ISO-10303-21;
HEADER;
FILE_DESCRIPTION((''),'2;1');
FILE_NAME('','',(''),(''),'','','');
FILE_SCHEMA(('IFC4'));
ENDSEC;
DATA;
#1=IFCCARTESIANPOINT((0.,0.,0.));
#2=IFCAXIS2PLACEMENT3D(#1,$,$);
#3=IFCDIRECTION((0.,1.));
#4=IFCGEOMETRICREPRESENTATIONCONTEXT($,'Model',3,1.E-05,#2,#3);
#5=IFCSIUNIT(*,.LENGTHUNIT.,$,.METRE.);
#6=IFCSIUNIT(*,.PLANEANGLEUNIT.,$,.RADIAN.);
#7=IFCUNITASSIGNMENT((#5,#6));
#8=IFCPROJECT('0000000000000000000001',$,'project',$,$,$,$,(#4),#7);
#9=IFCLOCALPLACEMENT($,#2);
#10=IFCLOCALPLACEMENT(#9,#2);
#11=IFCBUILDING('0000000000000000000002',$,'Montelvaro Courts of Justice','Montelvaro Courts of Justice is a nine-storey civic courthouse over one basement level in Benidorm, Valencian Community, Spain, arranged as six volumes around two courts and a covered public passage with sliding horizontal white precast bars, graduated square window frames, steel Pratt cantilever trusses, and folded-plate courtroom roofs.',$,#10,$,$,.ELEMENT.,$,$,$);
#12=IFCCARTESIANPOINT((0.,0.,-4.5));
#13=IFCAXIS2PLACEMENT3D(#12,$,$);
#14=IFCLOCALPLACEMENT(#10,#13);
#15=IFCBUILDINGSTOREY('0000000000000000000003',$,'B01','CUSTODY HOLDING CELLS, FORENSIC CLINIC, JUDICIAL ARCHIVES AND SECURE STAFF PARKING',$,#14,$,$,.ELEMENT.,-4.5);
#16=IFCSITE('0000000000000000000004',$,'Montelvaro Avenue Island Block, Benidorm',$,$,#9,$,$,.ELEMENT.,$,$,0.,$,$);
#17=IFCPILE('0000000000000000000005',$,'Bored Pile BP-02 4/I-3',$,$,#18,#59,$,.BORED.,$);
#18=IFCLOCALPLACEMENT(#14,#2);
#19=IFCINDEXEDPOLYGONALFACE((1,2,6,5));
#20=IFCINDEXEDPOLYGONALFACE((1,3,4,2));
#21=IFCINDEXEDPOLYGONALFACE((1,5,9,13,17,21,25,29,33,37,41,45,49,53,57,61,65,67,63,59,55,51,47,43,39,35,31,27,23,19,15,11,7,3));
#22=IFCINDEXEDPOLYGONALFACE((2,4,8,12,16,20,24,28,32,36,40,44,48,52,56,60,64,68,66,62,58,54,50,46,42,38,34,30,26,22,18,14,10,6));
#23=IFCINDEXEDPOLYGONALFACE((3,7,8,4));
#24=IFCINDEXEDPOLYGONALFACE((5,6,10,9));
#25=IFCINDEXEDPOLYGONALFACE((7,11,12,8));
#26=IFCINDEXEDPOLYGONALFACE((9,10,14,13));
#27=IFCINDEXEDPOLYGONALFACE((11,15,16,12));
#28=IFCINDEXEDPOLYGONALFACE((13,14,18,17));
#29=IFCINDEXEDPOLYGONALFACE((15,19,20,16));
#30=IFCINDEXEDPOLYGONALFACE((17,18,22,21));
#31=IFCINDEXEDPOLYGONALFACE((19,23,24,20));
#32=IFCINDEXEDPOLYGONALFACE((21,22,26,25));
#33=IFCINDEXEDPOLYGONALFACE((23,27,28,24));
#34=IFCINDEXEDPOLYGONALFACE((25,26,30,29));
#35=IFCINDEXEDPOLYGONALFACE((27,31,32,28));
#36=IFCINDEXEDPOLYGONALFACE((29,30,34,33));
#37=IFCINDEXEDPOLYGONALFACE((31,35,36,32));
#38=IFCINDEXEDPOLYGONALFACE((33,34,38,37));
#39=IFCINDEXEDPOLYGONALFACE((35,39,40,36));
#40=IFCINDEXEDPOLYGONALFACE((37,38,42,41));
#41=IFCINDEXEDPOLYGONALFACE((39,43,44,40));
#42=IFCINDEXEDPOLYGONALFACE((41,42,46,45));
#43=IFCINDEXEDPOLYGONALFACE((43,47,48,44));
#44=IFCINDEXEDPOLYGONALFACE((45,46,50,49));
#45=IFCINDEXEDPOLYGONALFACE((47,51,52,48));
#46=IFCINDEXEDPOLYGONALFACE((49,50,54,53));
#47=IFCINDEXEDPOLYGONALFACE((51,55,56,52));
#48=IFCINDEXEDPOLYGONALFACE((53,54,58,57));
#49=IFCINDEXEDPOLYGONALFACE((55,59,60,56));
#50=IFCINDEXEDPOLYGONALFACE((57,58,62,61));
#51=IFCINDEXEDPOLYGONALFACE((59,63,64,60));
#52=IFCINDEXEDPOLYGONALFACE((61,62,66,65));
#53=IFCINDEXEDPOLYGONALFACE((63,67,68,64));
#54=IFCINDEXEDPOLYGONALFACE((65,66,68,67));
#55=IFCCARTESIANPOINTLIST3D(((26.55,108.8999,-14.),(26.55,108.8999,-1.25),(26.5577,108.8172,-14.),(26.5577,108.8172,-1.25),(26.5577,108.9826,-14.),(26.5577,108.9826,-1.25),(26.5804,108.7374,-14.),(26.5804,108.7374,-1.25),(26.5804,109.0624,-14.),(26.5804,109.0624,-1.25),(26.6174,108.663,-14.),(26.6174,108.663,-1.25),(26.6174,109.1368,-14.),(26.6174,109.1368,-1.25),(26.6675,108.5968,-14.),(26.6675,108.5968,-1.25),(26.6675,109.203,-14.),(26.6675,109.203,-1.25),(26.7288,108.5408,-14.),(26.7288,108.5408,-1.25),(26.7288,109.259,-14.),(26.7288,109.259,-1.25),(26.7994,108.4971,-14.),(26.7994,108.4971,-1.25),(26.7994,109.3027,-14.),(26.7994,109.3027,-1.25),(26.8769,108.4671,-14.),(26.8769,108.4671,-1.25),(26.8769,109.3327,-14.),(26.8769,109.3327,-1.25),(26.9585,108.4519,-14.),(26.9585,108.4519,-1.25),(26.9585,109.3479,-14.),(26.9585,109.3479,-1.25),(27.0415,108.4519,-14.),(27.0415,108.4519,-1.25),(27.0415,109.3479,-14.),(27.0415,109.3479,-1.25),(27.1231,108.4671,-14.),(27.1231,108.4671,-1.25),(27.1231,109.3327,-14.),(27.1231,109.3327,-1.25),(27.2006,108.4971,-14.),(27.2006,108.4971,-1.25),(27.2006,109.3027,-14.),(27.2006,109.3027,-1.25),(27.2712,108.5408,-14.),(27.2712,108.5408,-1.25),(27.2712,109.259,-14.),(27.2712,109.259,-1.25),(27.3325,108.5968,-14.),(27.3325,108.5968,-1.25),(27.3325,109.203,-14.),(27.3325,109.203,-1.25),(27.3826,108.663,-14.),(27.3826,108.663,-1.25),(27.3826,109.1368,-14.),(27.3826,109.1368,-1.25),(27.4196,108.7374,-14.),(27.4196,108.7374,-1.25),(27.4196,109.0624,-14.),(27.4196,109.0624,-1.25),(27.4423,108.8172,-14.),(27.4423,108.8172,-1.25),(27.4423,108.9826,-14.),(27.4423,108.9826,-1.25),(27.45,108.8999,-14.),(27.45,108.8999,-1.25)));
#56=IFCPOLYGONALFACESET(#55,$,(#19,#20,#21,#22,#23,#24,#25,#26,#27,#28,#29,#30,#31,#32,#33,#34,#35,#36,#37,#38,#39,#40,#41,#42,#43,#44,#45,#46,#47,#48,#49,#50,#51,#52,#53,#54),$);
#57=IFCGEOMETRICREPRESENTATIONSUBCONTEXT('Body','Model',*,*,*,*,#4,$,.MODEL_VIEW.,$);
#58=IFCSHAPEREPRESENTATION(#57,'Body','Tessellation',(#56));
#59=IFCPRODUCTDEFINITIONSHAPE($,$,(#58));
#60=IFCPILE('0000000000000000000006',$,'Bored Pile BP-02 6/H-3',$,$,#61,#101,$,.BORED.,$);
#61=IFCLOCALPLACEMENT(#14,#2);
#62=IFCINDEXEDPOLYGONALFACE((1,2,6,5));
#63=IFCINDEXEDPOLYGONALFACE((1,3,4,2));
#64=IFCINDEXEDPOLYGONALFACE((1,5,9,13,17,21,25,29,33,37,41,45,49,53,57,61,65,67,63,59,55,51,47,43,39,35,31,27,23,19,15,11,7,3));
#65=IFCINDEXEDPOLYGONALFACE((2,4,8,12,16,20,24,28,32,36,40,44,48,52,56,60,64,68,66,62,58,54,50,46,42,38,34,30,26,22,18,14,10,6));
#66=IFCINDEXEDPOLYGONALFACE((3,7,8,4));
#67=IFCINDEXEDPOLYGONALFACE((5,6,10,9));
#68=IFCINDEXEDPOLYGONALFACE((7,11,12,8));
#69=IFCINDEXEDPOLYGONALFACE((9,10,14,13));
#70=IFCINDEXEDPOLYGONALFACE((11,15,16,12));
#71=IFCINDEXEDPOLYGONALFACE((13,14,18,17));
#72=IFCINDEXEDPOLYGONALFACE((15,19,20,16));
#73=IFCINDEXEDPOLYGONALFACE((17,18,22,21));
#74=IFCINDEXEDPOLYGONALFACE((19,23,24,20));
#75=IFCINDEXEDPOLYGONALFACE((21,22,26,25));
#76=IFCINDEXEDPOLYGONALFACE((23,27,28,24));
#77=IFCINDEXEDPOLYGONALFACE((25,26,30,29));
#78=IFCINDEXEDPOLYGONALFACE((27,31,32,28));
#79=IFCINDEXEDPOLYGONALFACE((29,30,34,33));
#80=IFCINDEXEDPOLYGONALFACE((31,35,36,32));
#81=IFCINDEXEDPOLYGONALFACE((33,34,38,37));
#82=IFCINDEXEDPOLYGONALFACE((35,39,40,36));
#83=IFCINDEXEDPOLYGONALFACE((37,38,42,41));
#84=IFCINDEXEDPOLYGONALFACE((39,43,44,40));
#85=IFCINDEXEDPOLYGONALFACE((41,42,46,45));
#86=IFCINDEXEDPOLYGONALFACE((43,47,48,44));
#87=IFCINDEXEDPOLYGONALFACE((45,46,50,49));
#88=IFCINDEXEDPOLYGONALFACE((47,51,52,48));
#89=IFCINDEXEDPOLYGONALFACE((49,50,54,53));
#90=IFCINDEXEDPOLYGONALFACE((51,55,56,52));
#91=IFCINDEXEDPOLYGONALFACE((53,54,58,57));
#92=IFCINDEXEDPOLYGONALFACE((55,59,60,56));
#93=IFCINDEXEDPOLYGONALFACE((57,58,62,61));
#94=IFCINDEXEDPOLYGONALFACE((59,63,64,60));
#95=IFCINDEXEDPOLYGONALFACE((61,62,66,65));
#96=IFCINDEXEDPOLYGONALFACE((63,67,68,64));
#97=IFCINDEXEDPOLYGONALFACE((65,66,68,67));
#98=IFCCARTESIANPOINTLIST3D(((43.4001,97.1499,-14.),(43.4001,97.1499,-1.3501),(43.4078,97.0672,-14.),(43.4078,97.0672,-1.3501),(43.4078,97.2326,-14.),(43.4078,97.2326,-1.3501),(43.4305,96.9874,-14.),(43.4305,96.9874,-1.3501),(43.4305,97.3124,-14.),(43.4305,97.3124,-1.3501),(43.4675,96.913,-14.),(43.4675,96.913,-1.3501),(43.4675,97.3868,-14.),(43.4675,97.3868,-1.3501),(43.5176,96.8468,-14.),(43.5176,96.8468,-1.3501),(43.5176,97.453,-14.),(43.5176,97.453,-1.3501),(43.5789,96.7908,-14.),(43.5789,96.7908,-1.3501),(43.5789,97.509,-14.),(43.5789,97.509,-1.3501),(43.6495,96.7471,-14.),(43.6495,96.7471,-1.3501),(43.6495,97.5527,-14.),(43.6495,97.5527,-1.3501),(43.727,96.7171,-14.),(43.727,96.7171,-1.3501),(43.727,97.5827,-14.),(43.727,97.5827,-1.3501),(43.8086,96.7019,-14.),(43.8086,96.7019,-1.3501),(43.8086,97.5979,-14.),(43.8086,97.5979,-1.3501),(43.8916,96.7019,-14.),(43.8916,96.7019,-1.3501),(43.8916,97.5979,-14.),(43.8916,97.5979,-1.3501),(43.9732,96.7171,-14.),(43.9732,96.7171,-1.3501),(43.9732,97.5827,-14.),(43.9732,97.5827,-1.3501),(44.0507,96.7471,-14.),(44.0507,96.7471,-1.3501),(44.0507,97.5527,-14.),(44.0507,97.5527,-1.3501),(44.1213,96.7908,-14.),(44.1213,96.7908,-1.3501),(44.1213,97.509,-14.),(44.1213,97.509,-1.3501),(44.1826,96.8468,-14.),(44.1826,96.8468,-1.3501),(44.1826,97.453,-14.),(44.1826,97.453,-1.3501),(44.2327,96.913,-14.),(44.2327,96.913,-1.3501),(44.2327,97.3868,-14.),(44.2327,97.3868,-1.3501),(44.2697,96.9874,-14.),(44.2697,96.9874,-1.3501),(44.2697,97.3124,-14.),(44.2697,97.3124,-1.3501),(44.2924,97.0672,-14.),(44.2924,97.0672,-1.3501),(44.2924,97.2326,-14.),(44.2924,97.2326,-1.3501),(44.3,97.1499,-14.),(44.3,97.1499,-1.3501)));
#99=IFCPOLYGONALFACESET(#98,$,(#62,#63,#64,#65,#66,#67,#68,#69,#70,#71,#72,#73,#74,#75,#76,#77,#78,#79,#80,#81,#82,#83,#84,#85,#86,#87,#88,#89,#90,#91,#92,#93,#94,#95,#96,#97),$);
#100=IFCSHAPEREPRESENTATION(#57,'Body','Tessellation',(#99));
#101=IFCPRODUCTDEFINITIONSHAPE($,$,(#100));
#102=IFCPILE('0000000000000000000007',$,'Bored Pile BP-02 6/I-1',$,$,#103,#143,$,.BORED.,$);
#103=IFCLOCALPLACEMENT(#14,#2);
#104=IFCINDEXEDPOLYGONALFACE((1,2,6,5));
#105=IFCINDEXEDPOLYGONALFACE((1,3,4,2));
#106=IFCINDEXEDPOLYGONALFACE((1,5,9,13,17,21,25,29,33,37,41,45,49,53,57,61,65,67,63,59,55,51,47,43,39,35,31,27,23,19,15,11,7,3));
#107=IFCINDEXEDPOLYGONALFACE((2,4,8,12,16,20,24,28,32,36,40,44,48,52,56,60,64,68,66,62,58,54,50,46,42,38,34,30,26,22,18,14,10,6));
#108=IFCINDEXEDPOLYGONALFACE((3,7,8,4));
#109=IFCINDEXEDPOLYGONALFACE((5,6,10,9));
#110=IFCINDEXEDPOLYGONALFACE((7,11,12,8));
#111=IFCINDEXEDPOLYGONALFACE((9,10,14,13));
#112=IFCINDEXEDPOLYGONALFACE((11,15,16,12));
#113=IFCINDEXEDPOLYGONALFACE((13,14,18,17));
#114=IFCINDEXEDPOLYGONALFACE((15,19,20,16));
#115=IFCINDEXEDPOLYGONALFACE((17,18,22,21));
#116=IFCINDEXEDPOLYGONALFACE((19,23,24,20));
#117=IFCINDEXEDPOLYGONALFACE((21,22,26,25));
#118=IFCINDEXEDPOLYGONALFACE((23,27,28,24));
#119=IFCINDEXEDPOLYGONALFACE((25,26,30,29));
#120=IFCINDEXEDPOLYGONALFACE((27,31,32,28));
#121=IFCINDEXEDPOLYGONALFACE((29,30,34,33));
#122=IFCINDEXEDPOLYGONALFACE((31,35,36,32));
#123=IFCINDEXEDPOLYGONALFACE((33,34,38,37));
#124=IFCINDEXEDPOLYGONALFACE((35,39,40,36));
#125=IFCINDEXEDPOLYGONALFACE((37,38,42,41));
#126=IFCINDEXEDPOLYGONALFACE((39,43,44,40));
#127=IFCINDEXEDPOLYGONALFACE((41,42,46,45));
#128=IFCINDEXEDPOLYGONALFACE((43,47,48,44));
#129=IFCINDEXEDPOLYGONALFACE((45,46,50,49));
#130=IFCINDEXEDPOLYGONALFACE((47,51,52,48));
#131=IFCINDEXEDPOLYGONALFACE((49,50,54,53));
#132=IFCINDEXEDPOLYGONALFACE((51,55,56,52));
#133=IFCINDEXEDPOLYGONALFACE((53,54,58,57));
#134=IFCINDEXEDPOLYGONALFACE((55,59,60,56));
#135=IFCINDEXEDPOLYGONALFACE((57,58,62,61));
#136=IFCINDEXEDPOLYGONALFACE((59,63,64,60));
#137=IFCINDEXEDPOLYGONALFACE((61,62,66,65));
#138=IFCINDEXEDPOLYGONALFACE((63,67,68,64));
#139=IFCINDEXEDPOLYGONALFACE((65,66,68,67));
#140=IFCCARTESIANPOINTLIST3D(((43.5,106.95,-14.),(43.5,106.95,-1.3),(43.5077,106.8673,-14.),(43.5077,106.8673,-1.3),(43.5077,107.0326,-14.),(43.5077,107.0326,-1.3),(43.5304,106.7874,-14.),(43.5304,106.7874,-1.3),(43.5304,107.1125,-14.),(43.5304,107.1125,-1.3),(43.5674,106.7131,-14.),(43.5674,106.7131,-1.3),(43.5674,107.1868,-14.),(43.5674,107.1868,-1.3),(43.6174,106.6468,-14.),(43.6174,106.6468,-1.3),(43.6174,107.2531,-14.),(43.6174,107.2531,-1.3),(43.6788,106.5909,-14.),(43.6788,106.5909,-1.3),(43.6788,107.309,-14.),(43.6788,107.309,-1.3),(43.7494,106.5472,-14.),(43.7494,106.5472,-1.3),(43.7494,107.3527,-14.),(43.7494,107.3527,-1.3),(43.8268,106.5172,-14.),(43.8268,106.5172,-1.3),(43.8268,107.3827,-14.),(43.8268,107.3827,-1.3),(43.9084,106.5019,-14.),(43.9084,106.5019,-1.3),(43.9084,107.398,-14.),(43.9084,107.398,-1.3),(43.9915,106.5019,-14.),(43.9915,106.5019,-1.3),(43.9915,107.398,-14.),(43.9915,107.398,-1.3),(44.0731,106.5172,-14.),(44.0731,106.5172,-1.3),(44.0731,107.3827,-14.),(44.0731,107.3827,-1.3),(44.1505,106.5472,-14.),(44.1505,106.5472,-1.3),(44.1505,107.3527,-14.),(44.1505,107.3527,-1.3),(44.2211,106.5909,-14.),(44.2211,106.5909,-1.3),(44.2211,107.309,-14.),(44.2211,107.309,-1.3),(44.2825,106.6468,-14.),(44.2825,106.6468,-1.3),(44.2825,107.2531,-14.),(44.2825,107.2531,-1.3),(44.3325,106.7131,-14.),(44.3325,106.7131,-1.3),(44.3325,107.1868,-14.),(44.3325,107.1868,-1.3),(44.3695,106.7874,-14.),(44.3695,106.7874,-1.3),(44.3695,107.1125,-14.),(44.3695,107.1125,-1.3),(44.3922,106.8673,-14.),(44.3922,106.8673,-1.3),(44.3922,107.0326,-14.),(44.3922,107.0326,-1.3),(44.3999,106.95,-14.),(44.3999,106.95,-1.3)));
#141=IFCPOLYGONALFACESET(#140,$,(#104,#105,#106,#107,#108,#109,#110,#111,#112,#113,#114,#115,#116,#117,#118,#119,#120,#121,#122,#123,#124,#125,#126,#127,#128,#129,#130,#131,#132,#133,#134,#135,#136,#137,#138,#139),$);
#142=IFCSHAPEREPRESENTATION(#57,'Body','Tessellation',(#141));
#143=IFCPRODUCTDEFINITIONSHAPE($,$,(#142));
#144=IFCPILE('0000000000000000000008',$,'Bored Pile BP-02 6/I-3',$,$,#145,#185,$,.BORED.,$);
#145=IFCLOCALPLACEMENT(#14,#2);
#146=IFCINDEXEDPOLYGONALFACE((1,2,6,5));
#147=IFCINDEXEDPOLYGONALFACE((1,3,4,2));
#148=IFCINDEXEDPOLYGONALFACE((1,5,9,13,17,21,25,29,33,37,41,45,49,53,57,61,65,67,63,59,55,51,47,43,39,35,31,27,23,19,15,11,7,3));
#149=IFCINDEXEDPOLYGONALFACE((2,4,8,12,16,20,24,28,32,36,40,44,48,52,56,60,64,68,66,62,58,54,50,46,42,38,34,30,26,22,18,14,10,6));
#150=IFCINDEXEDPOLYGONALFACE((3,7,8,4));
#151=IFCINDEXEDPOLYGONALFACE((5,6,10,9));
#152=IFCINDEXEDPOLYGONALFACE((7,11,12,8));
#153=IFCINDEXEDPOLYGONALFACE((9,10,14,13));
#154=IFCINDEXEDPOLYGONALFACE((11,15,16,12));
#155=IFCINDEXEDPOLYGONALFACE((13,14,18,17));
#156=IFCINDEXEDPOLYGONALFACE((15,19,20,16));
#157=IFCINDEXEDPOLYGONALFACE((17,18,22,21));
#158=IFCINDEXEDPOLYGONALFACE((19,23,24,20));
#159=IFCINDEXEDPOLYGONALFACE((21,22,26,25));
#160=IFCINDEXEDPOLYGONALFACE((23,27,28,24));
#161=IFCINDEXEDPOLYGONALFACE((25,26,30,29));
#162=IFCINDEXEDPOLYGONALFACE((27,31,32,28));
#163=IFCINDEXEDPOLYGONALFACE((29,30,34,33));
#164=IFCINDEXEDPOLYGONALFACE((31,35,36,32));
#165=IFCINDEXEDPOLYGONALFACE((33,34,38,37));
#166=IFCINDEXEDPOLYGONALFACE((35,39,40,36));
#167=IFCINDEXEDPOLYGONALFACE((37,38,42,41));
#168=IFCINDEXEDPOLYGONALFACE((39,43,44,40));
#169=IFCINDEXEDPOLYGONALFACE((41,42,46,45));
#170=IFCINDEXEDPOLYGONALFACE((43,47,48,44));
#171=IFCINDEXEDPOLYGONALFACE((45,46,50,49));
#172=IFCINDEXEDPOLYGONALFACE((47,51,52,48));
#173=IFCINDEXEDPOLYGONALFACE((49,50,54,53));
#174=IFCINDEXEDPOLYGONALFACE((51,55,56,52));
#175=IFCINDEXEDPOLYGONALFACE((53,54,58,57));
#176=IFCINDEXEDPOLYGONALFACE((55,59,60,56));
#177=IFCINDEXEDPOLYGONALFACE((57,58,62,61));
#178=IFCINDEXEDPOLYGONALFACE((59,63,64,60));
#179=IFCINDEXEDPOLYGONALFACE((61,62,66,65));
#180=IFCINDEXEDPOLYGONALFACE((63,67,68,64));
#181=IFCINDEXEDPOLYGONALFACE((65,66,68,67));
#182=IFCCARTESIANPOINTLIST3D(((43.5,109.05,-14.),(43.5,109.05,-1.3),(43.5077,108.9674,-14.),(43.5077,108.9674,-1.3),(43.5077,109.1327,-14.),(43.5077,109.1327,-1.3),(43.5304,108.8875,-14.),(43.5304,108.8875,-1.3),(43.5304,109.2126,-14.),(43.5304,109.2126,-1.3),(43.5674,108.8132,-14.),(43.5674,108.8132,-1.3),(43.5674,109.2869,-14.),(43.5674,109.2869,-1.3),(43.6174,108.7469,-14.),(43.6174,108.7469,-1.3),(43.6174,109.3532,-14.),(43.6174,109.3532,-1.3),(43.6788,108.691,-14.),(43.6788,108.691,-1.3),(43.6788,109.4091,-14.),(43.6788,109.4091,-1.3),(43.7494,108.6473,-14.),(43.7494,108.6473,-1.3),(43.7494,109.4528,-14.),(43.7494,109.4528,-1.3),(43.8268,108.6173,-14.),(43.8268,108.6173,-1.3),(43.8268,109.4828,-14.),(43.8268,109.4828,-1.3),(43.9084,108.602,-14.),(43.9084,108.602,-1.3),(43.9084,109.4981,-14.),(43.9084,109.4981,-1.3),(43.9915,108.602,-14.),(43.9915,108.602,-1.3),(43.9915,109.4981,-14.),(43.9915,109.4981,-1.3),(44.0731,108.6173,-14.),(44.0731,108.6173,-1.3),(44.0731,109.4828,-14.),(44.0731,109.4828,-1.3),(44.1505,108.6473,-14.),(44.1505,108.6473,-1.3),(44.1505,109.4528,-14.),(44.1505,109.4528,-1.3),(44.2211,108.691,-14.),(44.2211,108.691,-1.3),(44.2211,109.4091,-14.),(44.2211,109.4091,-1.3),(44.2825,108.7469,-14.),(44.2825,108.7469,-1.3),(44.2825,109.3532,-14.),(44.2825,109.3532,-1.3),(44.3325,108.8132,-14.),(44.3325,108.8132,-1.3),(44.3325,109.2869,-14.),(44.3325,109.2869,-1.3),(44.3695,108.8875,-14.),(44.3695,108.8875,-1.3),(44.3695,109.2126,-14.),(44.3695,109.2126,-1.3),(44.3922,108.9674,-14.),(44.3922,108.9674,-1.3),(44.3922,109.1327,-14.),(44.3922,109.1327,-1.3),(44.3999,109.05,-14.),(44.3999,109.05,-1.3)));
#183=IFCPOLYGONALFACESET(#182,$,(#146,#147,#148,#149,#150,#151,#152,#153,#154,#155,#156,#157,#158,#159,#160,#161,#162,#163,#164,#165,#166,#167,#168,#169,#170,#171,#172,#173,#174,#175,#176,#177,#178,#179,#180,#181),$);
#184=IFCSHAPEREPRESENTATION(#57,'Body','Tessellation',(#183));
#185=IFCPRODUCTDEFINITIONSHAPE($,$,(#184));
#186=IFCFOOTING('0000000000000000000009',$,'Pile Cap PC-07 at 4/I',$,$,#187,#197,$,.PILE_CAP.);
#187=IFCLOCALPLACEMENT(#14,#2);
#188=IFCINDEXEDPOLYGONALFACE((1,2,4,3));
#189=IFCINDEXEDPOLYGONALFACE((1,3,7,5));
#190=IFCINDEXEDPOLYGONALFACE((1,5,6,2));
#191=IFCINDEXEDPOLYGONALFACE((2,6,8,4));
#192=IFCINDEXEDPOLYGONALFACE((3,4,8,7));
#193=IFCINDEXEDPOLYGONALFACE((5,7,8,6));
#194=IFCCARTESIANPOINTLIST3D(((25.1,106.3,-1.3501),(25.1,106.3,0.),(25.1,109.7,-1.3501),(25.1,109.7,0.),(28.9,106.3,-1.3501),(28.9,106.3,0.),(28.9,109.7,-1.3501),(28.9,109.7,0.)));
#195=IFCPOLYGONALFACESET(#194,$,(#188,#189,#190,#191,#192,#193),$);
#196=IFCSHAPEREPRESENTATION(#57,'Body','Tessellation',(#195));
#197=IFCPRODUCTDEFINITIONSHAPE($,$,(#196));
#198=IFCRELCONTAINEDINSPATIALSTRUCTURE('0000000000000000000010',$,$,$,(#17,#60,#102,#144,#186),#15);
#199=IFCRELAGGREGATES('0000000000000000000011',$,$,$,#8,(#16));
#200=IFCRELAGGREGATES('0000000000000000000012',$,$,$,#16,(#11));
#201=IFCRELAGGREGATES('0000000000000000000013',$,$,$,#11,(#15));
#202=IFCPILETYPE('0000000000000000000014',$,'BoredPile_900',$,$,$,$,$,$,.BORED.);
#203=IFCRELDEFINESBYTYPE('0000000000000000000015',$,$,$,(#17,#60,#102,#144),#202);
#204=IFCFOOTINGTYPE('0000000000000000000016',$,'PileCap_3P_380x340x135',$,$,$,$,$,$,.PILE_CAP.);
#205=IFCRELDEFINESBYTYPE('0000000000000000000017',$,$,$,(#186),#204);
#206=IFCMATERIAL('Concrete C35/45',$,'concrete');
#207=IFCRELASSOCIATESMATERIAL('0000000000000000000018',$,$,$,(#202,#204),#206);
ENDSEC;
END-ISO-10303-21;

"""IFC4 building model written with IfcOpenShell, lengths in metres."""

from ifc_helpers import new_model, si_unit, direction, frame, origin, origin_2d, place, context, subcontext, project, spatial, rectangle, circle, extrude, material, material_profile, profile_set, type_object, element, save


model = new_model("IFC4")

# Units and contexts
model_context = context("Model", 3, precision=1e-05, world=origin(), true_north=direction((0.0, 1.0)))
body_context = subcontext(model_context, "Body", "Model", "MODEL_VIEW")
ifc_project = project(units=[si_unit("LENGTHUNIT", "METRE"), si_unit("PLANEANGLEUNIT", "RADIAN")], contexts=[model_context])

# Site, building, storey
site_placement = place(None, origin())
site = spatial("IfcSite", under=ifc_project, at=site_placement, Name="Montelvaro Avenue Island Block, Benidorm", CompositionType="ELEMENT", RefElevation=0.0)
building_placement = place(site_placement, origin())
building = spatial("IfcBuilding", under=site, at=building_placement, Name="Montelvaro Courts of Justice", Description="Montelvaro Courts of Justice is a nine-storey civic courthouse over one basement level in Benidorm, Valencian Community, Spain, arranged as six volumes around two courts and a covered public passage with sliding horizontal white precast bars, graduated square window frames, steel Pratt cantilever trusses, and folded-plate courtroom roofs.", CompositionType="ELEMENT")
storey_placement = place(building_placement, frame((0.0, 0.0, -4.5)))
storey = spatial("IfcBuildingStorey", under=building, at=storey_placement, Name="B01", Description="CUSTODY HOLDING CELLS, FORENSIC CLINIC, JUDICIAL ARCHIVES AND SECURE STAFF PARKING", CompositionType="ELEMENT", Elevation=-4.5)

# Piles
ifc_material_1 = material(Name="Concrete C35/45", Category="concrete")
ifc_material_profile_1 = material_profile(ifc_material_1, circle(Radius=0.45, at=origin_2d()), Name="BORED PILE D900")
ifc_profile_set_1 = profile_set([ifc_material_profile_1], Name="Concrete C35/45")
pile_type_1 = type_object("IfcPileType", Name="BoredPile_900", PredefinedType="BORED", material=ifc_profile_set_1)
for number, where, z_axis, x_axis, name in (
    (1, (27.0, 108.8999, -1.25), (0.0, 0.0, -1.0), (1.0, 0.0, 0.0), "Bored Pile BP-02 4/I-3"),
):
    element("IfcPile", number, at=place(storey_placement, frame(where, z_axis=z_axis, x_axis=x_axis)), inside=storey, type_object=pile_type_1, Name=name, PredefinedType="BORED", context=body_context, shape_type="SweptSolid", body=[
        extrude(circle(Radius=0.45, at=origin_2d()), origin(), (0.0, 0.0, 1.0), 12.75),
    ])
pile_placement = place(storey_placement, frame((43.8501, 97.1499, -1.3501), z_axis=(0.0, 0.0, -1.0), x_axis=(1.0, 0.0, 0.0)))
element("IfcPile", 2, at=pile_placement, inside=storey, type_object=pile_type_1, Name="Bored Pile BP-02 6/H-3", PredefinedType="BORED", context=body_context, shape_type="SweptSolid", body=[
    extrude(circle(Radius=0.45, at=origin_2d()), origin(), (0.0, 0.0, 1.0), 12.6499),
])
for number, where, z_axis, x_axis, name in (
    (3, (43.95, 106.95, -1.3), (0.0, 0.0, -1.0), (1.0, 0.0, 0.0), "Bored Pile BP-02 6/I-1"),
    (4, (43.95, 109.05, -1.3), (0.0, 0.0, -1.0), (1.0, 0.0, 0.0), "Bored Pile BP-02 6/I-3"),
):
    element("IfcPile", number, at=place(storey_placement, frame(where, z_axis=z_axis, x_axis=x_axis)), inside=storey, type_object=pile_type_1, Name=name, PredefinedType="BORED", context=body_context, shape_type="SweptSolid", body=[
        extrude(circle(Radius=0.45, at=origin_2d()), origin(), (0.0, 0.0, 1.0), 12.7),
    ])

# Footing
footing_type_1 = type_object("IfcFootingType", Name="PileCap_3P_380x340x135", PredefinedType="PILE_CAP", material=ifc_material_1)
footing_1_placement = place(storey_placement, frame((27.0, 108.0, -1.3501), z_axis=(0.0, 0.0, 1.0), x_axis=(1.0, 0.0, 0.0)))
element("IfcFooting", 5, at=footing_1_placement, inside=storey, type_object=footing_type_1, Name="Pile Cap PC-07 at 4/I", PredefinedType="PILE_CAP", context=body_context, shape_type="SweptSolid", body=[
    extrude(rectangle(XDim=3.8, YDim=3.3999, at=origin_2d()), origin(), (0.0, 0.0, 1.0), 1.3501),
])

save(model, "model.ifc")
